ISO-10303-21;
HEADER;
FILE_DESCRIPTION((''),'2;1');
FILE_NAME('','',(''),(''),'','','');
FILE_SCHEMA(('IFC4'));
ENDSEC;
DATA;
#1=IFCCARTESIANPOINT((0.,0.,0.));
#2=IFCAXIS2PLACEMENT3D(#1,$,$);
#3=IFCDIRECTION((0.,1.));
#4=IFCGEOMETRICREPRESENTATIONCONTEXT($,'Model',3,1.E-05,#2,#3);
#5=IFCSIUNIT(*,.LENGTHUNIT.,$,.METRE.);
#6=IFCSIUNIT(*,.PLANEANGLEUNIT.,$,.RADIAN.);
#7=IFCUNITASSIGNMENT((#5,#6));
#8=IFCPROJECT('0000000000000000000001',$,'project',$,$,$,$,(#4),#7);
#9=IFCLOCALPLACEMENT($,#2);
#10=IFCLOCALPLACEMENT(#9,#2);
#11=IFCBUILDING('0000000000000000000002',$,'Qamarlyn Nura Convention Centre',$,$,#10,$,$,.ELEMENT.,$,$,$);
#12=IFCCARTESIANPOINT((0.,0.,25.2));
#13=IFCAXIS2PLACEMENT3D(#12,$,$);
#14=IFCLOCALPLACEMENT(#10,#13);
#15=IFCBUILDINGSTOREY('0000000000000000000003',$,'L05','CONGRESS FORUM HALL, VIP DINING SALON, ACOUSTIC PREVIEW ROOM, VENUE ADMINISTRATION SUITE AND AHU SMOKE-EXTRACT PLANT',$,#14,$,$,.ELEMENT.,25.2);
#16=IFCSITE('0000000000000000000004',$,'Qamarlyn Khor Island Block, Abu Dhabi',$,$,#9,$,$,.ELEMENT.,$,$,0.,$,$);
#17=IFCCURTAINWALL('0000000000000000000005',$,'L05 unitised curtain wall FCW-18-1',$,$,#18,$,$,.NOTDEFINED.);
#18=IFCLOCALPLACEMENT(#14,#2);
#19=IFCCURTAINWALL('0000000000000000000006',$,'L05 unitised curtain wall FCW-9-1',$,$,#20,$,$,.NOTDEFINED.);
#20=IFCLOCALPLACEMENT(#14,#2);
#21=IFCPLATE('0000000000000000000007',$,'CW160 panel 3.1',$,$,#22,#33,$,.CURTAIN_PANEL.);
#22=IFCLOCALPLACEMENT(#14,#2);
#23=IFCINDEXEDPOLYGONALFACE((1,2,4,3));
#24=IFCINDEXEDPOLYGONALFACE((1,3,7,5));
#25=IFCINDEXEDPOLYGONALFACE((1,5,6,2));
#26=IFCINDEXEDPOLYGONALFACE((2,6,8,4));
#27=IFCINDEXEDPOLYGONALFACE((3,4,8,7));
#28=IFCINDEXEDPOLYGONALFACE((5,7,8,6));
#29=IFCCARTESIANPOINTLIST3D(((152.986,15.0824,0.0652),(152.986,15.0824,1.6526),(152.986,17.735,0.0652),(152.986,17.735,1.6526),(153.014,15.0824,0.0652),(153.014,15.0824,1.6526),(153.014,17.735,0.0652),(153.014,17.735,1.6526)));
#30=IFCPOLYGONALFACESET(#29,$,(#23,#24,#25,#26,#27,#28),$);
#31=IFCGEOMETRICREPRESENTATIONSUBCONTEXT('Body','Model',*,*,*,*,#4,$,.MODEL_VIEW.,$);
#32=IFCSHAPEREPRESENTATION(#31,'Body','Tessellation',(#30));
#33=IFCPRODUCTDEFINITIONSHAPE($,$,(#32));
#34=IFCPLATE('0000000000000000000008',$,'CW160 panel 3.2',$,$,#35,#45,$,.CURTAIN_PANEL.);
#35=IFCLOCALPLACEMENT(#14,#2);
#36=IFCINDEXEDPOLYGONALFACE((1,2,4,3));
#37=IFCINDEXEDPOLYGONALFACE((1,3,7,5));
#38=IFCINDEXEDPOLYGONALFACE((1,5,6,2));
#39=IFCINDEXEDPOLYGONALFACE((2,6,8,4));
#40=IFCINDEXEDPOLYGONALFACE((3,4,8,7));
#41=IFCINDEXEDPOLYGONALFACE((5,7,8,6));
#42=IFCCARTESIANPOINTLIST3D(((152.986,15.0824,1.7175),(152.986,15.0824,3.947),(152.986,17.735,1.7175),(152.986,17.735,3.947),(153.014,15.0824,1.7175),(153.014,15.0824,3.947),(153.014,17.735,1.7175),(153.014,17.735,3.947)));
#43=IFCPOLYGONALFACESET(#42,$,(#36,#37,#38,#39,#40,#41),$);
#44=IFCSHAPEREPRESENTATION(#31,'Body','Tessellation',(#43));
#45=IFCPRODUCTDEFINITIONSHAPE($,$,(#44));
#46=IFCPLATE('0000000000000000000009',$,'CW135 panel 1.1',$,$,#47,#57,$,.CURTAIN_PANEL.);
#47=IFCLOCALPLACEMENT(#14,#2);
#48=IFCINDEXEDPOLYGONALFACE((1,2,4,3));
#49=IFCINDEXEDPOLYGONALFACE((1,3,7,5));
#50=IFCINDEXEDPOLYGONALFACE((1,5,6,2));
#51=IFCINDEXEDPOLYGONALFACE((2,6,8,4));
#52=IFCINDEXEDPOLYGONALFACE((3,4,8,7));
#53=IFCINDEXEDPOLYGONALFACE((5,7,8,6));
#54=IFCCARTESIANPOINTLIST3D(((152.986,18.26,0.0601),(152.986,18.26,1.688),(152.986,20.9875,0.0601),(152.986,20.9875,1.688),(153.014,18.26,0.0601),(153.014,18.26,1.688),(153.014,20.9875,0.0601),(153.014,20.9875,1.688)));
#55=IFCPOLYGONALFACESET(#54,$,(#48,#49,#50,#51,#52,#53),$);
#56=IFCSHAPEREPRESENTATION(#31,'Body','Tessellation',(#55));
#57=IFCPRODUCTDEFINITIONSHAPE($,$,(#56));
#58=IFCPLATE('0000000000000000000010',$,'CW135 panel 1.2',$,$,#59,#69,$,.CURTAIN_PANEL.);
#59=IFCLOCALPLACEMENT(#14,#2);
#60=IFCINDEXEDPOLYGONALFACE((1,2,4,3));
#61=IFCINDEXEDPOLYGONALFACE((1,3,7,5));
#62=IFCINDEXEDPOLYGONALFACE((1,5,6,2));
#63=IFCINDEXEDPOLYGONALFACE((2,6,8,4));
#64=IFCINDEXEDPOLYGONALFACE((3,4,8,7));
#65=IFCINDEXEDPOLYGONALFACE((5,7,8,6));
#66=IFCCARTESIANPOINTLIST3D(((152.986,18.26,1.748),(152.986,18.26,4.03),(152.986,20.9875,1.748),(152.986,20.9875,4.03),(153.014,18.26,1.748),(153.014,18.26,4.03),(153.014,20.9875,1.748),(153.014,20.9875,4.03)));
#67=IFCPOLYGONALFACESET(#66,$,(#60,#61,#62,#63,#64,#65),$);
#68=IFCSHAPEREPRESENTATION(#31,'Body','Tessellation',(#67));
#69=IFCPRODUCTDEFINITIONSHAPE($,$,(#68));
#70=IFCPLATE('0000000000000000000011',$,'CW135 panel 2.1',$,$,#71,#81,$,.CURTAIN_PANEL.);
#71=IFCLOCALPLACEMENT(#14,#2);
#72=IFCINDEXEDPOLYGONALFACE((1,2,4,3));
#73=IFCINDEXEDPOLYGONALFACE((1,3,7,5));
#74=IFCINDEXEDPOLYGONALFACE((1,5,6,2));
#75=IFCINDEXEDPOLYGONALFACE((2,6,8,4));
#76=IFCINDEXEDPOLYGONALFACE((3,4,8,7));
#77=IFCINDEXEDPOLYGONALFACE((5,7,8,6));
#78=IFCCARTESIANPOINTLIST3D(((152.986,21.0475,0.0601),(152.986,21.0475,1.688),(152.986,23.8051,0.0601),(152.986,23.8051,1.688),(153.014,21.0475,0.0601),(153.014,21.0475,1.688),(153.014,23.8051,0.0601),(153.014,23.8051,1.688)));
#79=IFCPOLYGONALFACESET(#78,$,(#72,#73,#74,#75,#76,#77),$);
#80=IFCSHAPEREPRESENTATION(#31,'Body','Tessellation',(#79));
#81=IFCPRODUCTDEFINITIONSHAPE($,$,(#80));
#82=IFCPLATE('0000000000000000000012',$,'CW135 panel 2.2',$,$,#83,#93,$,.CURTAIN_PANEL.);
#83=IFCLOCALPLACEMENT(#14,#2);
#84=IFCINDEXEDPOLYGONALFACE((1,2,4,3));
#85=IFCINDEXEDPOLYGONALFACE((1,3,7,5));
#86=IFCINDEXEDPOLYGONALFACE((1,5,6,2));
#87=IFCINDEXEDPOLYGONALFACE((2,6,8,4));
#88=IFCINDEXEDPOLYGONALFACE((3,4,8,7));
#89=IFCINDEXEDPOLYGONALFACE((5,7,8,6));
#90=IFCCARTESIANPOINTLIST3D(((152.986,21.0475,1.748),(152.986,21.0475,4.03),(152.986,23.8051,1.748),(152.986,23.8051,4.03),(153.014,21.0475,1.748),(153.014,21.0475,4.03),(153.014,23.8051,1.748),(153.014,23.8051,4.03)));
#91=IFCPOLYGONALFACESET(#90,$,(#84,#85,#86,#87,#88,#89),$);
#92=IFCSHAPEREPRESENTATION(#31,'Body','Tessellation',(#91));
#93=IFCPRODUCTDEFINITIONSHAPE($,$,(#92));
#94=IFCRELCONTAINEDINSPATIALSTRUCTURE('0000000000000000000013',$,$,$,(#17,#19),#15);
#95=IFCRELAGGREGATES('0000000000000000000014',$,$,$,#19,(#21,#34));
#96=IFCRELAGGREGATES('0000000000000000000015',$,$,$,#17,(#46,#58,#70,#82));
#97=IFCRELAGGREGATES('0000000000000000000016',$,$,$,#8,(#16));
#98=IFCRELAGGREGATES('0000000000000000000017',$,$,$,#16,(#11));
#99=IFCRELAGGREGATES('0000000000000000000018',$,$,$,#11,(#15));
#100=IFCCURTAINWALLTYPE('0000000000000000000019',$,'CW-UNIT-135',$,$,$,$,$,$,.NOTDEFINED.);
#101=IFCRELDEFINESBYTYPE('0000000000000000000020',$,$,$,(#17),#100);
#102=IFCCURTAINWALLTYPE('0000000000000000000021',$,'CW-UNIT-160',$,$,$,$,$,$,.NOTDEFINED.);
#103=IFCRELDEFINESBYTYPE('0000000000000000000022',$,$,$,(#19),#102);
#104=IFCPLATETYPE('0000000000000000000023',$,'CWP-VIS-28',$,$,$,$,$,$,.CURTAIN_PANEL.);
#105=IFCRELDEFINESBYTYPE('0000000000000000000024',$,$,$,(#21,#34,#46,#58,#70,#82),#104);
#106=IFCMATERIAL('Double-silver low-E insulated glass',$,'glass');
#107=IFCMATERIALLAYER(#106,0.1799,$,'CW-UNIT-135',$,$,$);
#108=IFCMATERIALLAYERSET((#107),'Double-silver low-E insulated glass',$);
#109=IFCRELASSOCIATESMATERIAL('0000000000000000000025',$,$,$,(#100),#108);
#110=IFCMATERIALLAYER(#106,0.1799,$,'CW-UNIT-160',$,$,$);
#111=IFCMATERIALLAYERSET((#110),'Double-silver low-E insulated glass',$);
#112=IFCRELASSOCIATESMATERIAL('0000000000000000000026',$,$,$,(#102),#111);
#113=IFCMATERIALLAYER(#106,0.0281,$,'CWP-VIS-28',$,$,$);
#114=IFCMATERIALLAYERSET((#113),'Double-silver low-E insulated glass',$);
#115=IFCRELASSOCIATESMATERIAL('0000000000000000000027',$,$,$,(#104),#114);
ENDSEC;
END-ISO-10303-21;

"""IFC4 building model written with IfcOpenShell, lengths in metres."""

from ifc_helpers import new_model, si_unit, direction, frame, origin, origin_2d, place, context, subcontext, project, spatial, rectangle, extrude, material, layer, layer_set, type_object, element, aggregate, save


model = new_model("IFC4")

# Units and contexts
model_context = context("Model", 3, precision=1e-05, world=origin(), true_north=direction((0.0, 1.0)))
body_context = subcontext(model_context, "Body", "Model", "MODEL_VIEW")
ifc_project = project(units=[si_unit("LENGTHUNIT", "METRE"), si_unit("PLANEANGLEUNIT", "RADIAN")], contexts=[model_context])

# Site, building, storey
site_placement = place(None, origin())
site = spatial("IfcSite", under=ifc_project, at=site_placement, Name="Qamarlyn Khor Island Block, Abu Dhabi", CompositionType="ELEMENT", RefElevation=0.0)
building_placement = place(site_placement, origin())
building = spatial("IfcBuilding", under=site, at=building_placement, Name="Qamarlyn Nura Convention Centre", CompositionType="ELEMENT")
storey_placement = place(building_placement, frame((0.0, 0.0, 25.2)))
storey = spatial("IfcBuildingStorey", under=building, at=storey_placement, Name="L05", Description="CONGRESS FORUM HALL, VIP DINING SALON, ACOUSTIC PREVIEW ROOM, VENUE ADMINISTRATION SUITE AND AHU SMOKE-EXTRACT PLANT", CompositionType="ELEMENT", Elevation=25.2)

# Curtain wall
ifc_material_1 = material(Name="Double-silver low-E insulated glass", Category="glass")
ifc_layer_1 = layer(ifc_material_1, 0.1799, Name="CW-UNIT-135")
ifc_layer_set_1 = layer_set([ifc_layer_1], Name="Double-silver low-E insulated glass")
curtain_wall_type_1 = type_object("IfcCurtainWallType", Name="CW-UNIT-135", PredefinedType="NOTDEFINED", material=ifc_layer_set_1)
curtain_wall_1_placement = place(storey_placement, origin())
curtain_wall_1 = element("IfcCurtainWall", 1, at=curtain_wall_1_placement, inside=storey, type_object=curtain_wall_type_1, Name="L05 unitised curtain wall FCW-18-1", PredefinedType="NOTDEFINED")

# Curtain wall, plates
ifc_layer_2 = layer(ifc_material_1, 0.1799, Name="CW-UNIT-160")
ifc_layer_set_2 = layer_set([ifc_layer_2], Name="Double-silver low-E insulated glass")
curtain_wall_type_2 = type_object("IfcCurtainWallType", Name="CW-UNIT-160", PredefinedType="NOTDEFINED", material=ifc_layer_set_2)
curtain_wall_2_placement = place(storey_placement, origin())
curtain_wall_2 = element("IfcCurtainWall", 2, at=curtain_wall_2_placement, inside=storey, type_object=curtain_wall_type_2, Name="L05 unitised curtain wall FCW-9-1", PredefinedType="NOTDEFINED")
ifc_layer_3 = layer(ifc_material_1, 0.0281, Name="CWP-VIS-28")
ifc_layer_set_3 = layer_set([ifc_layer_3], Name="Double-silver low-E insulated glass")
plate_type = type_object("IfcPlateType", Name="CWP-VIS-28", PredefinedType="CURTAIN_PANEL", material=ifc_layer_set_3)
plate_1_placement = place(storey_placement, frame((153.0, 16.4087, 0.0652), z_axis=(0.0, 0.0, 1.0), x_axis=(0.0, 1.0, 0.0)))
plate_1 = element("IfcPlate", 3, at=plate_1_placement, type_object=plate_type, Name="CW160 panel 3.1", PredefinedType="CURTAIN_PANEL", context=body_context, shape_type="SweptSolid", body=[
    extrude(rectangle(XDim=2.6526, YDim=0.0281, at=origin_2d()), origin(), (0.0, 0.0, 1.0), 1.5874),
])
plate_2_placement = place(storey_placement, frame((153.0, 16.4087, 1.7175), z_axis=(0.0, 0.0, 1.0), x_axis=(0.0, 1.0, 0.0)))
plate_2 = element("IfcPlate", 4, at=plate_2_placement, type_object=plate_type, Name="CW160 panel 3.2", PredefinedType="CURTAIN_PANEL", context=body_context, shape_type="SweptSolid", body=[
    extrude(rectangle(XDim=2.6526, YDim=0.0281, at=origin_2d()), origin(), (0.0, 0.0, 1.0), 2.2295),
])
aggregate(curtain_wall_2, [plate_1, plate_2])

# Plates
plate_3_placement = place(storey_placement, frame((153.0, 19.6238, 0.0601), z_axis=(0.0, 0.0, 1.0), x_axis=(0.0, 1.0, 0.0)))
plate_3 = element("IfcPlate", 5, at=plate_3_placement, type_object=plate_type, Name="CW135 panel 1.1", PredefinedType="CURTAIN_PANEL", context=body_context, shape_type="SweptSolid", body=[
    extrude(rectangle(XDim=2.7275, YDim=0.0281, at=origin_2d()), origin(), (0.0, 0.0, 1.0), 1.6279),
])
plate_4_placement = place(storey_placement, frame((153.0, 19.6238, 1.748), z_axis=(0.0, 0.0, 1.0), x_axis=(0.0, 1.0, 0.0)))
plate_4 = element("IfcPlate", 6, at=plate_4_placement, type_object=plate_type, Name="CW135 panel 1.2", PredefinedType="CURTAIN_PANEL", context=body_context, shape_type="SweptSolid", body=[
    extrude(rectangle(XDim=2.7275, YDim=0.0281, at=origin_2d()), origin(), (0.0, 0.0, 1.0), 2.282),
])
plate_5_placement = place(storey_placement, frame((153.0, 22.4263, 0.0601), z_axis=(0.0, 0.0, 1.0), x_axis=(0.0, 1.0, 0.0)))
plate_5 = element("IfcPlate", 7, at=plate_5_placement, type_object=plate_type, Name="CW135 panel 2.1", PredefinedType="CURTAIN_PANEL", context=body_context, shape_type="SweptSolid", body=[
    extrude(rectangle(XDim=2.7576, YDim=0.0281, at=origin_2d()), origin(), (0.0, 0.0, 1.0), 1.6279),
])
plate_6_placement = place(storey_placement, frame((153.0, 22.4263, 1.748), z_axis=(0.0, 0.0, 1.0), x_axis=(0.0, 1.0, 0.0)))
plate_6 = element("IfcPlate", 8, at=plate_6_placement, type_object=plate_type, Name="CW135 panel 2.2", PredefinedType="CURTAIN_PANEL", context=body_context, shape_type="SweptSolid", body=[
    extrude(rectangle(XDim=2.7576, YDim=0.0281, at=origin_2d()), origin(), (0.0, 0.0, 1.0), 2.282),
])
aggregate(curtain_wall_1, [plate_3, plate_4, plate_5, plate_6])

save(model, "model.ifc")
